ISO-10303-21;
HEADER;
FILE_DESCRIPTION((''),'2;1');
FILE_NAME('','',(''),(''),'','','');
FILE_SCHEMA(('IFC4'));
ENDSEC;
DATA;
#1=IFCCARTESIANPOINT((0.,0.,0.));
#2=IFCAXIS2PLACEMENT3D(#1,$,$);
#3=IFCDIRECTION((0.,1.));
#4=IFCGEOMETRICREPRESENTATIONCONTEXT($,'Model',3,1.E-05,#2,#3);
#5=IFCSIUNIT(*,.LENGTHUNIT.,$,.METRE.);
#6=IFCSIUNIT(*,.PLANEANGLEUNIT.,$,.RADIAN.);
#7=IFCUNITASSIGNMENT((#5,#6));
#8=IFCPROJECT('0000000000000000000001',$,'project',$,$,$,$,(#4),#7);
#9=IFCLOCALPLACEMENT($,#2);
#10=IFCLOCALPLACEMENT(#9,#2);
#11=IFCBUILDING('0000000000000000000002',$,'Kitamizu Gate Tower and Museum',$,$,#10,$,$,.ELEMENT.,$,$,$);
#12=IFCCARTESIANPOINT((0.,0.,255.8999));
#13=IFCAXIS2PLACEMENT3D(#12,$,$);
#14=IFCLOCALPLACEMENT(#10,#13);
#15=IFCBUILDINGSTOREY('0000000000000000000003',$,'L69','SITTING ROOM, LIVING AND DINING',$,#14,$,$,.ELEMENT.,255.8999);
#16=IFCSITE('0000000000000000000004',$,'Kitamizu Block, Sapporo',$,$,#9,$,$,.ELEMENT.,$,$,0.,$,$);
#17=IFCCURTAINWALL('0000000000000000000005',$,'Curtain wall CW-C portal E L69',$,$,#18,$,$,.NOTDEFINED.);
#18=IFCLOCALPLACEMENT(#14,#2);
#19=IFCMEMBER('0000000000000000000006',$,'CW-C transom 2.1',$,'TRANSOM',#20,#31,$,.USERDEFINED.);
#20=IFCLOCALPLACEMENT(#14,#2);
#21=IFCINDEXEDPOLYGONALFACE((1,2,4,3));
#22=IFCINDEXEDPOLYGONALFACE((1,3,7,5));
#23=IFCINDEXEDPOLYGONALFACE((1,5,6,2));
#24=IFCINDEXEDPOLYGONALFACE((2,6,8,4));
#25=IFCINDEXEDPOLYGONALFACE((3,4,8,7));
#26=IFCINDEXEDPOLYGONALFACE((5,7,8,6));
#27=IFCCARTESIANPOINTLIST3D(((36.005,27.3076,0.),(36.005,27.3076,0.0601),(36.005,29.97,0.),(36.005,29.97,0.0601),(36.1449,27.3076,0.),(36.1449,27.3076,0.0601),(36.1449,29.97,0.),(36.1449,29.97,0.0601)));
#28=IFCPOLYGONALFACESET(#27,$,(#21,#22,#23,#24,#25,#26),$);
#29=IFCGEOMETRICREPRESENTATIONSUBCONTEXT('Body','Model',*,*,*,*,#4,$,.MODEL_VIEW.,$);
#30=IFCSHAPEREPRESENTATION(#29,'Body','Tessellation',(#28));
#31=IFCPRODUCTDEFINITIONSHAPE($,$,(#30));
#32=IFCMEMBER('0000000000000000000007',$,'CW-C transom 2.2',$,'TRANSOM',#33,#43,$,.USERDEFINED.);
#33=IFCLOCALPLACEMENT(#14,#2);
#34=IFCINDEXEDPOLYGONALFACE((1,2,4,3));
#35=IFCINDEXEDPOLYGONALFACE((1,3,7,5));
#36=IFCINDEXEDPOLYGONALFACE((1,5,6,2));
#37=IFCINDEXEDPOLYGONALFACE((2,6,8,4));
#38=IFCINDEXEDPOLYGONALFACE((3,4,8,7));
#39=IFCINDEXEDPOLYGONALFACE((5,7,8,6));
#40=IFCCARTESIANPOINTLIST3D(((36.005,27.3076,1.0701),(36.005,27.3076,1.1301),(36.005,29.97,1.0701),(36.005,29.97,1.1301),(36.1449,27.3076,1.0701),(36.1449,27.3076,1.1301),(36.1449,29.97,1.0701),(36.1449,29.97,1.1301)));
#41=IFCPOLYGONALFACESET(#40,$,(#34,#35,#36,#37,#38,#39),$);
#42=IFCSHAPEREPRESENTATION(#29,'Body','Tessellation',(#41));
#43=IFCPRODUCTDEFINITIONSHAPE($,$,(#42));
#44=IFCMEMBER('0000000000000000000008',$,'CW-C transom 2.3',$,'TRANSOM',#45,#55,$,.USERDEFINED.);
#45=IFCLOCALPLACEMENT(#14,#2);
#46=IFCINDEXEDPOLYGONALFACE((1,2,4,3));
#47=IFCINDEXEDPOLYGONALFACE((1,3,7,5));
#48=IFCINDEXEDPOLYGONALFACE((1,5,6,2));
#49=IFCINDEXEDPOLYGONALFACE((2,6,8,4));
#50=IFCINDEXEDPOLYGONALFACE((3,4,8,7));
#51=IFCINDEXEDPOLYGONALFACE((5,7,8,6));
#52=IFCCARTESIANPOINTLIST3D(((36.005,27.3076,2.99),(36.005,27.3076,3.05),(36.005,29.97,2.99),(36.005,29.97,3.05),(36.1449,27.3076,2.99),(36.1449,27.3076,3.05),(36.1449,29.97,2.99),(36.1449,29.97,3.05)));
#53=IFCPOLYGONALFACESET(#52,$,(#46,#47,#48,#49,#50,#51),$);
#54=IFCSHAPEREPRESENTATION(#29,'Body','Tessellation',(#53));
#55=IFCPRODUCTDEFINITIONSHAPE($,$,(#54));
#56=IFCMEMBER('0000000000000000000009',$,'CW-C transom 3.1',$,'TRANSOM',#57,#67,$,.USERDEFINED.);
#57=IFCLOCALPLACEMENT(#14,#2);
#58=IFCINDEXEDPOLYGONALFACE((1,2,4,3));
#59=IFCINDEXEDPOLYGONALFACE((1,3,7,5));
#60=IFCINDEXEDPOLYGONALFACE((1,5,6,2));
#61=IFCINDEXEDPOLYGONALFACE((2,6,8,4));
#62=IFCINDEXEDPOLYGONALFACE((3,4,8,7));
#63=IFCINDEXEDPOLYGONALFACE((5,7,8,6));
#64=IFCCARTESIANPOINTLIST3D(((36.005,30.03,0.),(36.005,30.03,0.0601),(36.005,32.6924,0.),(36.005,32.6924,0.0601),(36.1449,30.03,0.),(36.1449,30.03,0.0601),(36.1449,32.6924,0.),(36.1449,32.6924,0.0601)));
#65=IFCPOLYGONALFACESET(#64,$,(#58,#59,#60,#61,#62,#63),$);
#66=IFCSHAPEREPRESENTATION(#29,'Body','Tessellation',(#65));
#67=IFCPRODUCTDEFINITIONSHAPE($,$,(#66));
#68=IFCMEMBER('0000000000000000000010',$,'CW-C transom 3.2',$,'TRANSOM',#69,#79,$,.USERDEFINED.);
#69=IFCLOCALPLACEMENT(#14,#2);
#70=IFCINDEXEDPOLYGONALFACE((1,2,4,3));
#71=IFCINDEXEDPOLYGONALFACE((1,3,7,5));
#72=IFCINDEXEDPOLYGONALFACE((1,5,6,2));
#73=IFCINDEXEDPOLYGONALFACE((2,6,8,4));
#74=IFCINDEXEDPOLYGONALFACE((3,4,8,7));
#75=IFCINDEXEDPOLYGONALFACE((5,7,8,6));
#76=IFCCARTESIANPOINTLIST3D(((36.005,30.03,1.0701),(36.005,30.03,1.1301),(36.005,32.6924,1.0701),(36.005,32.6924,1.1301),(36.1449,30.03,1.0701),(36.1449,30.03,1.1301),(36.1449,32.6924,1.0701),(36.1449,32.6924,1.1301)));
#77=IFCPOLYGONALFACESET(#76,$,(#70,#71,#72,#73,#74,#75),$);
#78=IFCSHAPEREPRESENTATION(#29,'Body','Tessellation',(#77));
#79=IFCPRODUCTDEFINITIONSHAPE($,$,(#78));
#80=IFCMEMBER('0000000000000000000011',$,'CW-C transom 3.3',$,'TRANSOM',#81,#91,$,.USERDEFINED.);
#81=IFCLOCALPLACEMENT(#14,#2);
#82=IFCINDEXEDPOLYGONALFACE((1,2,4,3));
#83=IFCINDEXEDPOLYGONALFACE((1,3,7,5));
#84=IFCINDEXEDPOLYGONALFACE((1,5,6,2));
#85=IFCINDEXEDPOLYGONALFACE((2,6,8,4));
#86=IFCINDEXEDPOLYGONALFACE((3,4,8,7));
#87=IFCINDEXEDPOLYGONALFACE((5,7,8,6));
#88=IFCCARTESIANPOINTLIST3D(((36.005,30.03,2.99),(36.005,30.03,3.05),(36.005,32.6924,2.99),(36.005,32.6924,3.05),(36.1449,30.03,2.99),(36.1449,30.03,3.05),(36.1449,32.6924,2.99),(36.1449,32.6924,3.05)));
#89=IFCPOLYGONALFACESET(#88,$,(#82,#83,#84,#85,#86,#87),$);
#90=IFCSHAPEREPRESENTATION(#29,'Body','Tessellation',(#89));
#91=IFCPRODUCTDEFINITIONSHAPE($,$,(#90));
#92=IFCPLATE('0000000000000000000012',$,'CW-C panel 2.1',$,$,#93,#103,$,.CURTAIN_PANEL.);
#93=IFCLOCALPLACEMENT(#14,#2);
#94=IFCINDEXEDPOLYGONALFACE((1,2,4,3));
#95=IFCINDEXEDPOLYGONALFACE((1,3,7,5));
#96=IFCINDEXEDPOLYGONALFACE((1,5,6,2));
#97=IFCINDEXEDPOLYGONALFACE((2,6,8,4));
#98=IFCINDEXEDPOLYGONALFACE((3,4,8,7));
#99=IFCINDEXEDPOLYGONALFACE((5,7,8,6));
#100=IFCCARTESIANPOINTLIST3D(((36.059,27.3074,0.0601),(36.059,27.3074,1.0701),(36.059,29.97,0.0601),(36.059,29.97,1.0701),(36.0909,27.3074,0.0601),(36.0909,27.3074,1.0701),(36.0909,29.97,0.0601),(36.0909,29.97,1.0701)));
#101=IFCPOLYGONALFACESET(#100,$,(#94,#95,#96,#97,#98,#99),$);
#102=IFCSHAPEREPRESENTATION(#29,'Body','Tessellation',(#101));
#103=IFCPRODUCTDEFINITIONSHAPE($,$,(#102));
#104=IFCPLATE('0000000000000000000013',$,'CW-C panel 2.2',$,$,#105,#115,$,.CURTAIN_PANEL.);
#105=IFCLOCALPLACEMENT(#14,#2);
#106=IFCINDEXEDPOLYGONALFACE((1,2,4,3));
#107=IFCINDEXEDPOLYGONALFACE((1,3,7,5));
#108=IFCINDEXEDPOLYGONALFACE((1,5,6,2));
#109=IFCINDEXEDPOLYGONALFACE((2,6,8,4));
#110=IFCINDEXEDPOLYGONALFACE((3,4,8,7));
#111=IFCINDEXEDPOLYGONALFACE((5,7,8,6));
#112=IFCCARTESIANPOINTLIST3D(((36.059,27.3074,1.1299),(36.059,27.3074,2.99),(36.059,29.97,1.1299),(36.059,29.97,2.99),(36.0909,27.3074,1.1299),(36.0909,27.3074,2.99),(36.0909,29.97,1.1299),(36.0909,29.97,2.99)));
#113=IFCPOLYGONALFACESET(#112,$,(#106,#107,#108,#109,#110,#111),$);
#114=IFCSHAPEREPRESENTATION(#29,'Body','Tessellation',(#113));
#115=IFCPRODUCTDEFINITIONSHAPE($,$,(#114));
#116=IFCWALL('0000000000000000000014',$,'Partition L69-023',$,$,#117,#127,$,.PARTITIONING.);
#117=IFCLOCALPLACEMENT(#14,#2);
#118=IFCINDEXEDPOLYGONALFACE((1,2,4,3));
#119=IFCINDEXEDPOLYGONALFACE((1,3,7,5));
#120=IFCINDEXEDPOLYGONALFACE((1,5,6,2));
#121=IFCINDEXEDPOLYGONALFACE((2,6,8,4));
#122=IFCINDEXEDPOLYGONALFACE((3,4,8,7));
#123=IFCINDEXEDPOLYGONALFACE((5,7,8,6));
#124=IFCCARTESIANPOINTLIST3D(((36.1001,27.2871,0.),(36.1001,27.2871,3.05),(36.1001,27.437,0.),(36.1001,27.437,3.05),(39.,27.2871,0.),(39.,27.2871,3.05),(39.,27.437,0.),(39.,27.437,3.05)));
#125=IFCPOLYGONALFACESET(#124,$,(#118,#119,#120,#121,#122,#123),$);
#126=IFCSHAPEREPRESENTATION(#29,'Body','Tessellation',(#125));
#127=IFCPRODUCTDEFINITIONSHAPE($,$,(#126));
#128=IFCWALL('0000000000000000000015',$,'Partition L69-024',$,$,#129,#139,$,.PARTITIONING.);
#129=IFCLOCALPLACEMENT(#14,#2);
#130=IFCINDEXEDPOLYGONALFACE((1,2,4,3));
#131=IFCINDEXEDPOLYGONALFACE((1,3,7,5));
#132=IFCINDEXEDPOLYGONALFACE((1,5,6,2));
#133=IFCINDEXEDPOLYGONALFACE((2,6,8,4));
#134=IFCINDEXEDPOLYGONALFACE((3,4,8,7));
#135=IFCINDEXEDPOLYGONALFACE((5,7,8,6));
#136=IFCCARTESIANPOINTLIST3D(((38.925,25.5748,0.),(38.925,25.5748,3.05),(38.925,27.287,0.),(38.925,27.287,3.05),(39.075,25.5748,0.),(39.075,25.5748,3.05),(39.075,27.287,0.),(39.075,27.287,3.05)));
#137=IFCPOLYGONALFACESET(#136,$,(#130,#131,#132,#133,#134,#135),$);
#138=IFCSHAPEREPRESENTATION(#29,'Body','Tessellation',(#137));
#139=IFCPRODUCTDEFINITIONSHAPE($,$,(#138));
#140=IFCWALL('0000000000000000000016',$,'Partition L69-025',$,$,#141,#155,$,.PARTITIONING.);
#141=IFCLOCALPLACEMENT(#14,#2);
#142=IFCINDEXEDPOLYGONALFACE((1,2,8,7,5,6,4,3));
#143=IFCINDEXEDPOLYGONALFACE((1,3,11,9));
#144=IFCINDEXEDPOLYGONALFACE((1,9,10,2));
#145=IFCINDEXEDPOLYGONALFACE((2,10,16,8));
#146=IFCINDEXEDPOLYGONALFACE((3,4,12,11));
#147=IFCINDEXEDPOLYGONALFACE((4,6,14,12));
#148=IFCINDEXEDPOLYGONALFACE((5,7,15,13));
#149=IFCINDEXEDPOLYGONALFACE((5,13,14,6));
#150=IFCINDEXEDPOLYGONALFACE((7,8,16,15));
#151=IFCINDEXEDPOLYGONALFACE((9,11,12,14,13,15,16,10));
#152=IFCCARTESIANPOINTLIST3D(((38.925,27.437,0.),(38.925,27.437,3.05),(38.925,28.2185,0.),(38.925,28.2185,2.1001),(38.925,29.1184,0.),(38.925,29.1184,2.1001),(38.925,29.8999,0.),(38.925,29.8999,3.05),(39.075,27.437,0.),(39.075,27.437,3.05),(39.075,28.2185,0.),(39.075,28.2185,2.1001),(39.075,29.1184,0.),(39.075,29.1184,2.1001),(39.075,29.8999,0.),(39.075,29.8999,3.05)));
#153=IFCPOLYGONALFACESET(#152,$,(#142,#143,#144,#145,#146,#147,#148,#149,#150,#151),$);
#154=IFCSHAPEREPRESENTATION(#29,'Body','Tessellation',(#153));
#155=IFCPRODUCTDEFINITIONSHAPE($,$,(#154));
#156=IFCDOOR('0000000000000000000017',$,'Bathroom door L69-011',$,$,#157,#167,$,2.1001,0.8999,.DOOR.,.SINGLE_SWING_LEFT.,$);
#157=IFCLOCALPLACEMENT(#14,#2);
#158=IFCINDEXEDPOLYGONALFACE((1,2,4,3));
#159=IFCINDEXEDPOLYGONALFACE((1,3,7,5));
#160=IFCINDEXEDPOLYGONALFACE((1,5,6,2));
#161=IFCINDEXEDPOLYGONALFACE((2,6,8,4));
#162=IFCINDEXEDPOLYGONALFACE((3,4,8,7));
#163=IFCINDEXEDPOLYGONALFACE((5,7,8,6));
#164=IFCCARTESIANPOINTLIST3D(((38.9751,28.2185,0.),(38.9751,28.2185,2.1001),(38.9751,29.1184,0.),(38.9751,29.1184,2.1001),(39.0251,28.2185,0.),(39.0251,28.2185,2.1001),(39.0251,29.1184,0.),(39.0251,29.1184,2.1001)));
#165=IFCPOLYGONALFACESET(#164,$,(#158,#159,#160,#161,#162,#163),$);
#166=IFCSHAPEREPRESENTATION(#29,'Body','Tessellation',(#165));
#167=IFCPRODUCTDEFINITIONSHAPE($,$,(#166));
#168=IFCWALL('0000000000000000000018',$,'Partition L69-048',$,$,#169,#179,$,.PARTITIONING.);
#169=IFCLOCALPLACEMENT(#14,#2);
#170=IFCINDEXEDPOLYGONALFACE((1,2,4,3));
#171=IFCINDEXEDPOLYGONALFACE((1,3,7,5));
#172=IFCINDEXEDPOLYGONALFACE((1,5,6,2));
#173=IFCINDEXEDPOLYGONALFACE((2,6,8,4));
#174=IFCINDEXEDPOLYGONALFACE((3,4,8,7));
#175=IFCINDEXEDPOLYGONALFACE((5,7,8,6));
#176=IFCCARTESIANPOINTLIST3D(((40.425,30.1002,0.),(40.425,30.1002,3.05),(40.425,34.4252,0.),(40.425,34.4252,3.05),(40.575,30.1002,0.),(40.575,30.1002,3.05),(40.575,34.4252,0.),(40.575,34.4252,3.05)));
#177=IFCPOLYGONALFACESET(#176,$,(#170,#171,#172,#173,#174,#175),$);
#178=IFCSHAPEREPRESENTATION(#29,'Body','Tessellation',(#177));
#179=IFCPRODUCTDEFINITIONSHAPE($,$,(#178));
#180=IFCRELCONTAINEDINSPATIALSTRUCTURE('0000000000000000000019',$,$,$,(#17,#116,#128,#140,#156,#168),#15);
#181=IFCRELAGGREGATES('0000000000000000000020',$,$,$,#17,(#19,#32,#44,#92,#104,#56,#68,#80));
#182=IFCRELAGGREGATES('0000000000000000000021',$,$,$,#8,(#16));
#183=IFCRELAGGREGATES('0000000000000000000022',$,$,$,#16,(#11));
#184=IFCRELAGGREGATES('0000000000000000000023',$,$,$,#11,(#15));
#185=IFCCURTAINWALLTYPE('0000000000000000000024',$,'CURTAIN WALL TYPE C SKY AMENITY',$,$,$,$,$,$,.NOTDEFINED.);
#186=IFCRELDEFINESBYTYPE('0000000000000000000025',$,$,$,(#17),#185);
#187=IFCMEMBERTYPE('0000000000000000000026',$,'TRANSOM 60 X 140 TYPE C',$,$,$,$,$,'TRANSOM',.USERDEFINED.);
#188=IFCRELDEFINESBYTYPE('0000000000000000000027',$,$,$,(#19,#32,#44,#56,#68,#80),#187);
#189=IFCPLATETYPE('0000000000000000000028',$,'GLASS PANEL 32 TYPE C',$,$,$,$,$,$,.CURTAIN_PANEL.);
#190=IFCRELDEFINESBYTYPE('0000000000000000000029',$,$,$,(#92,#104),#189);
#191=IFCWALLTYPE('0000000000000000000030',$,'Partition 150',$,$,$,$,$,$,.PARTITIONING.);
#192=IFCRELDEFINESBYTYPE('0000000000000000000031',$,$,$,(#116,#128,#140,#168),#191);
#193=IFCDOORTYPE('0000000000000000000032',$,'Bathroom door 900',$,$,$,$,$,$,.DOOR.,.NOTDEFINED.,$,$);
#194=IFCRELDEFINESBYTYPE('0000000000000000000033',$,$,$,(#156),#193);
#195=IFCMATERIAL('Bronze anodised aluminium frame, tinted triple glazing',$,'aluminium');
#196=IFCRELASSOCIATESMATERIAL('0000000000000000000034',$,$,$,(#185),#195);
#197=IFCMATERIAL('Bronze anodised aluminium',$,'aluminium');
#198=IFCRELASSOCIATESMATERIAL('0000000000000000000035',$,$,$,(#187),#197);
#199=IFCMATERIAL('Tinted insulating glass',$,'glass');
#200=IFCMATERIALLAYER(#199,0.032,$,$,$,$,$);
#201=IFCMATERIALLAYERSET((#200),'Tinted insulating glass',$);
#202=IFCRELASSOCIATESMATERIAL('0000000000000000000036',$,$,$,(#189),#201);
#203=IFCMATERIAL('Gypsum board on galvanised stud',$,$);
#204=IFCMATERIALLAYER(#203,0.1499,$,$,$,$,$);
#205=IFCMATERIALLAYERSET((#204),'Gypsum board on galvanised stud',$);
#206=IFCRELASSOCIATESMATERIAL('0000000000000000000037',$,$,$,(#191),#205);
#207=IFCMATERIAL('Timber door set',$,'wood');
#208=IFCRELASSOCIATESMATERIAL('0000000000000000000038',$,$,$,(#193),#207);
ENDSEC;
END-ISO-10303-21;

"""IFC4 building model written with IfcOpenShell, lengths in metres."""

from ifc_helpers import new_model, si_unit, direction, frame, frame_2d, origin, origin_2d, place, context, subcontext, project, spatial, rectangle, extrude, material, layer, layer_set, material_profile, profile_set, type_object, element, fill, aggregate, save


model = new_model("IFC4")

# Units and contexts
model_context = context("Model", 3, precision=1e-05, world=origin(), true_north=direction((0.0, 1.0)))
body_context = subcontext(model_context, "Body", "Model", "MODEL_VIEW")
ifc_project = project(units=[si_unit("LENGTHUNIT", "METRE"), si_unit("PLANEANGLEUNIT", "RADIAN")], contexts=[model_context])

# Site, building, storey
site_placement = place(None, origin())
site = spatial("IfcSite", under=ifc_project, at=site_placement, Name="Kitamizu Block, Sapporo", CompositionType="ELEMENT", RefElevation=0.0)
building_placement = place(site_placement, origin())
building = spatial("IfcBuilding", under=site, at=building_placement, Name="Kitamizu Gate Tower and Museum", CompositionType="ELEMENT")
storey_placement = place(building_placement, frame((0.0, 0.0, 255.8999)))
storey = spatial("IfcBuildingStorey", under=building, at=storey_placement, Name="L69", Description="SITTING ROOM, LIVING AND DINING", CompositionType="ELEMENT", Elevation=255.8999)

# Curtain wall, members, plates
ifc_material_1 = material(Name="Bronze anodised aluminium frame, tinted triple glazing", Category="aluminium")
curtain_wall_type = type_object("IfcCurtainWallType", Name="CURTAIN WALL TYPE C SKY AMENITY", PredefinedType="NOTDEFINED", material=ifc_material_1)
curtain_wall_placement = place(storey_placement, origin())
curtain_wall = element("IfcCurtainWall", 1, at=curtain_wall_placement, inside=storey, type_object=curtain_wall_type, Name="Curtain wall CW-C portal E L69", PredefinedType="NOTDEFINED")
ifc_material_2 = material(Name="Bronze anodised aluminium", Category="aluminium")
ifc_material_profile = material_profile(ifc_material_2, rectangle(XDim=0.1399, YDim=0.0601, at=origin_2d()), Name="AL 60X140")
ifc_profile_set = profile_set([ifc_material_profile], Name="Bronze anodised aluminium")
member_type = type_object("IfcMemberType", Name="TRANSOM 60 X 140 TYPE C", ElementType="TRANSOM", PredefinedType="USERDEFINED", material=ifc_profile_set)
member_1_placement = place(storey_placement, frame((36.075, 27.3076, 0.03), z_axis=(0.0, 1.0, 0.0), x_axis=(-1.0, 0.0, 0.0)))
member_1 = element("IfcMember", 2, at=member_1_placement, type_object=member_type, Name="CW-C transom 2.1", ObjectType="TRANSOM", PredefinedType="USERDEFINED", context=body_context, shape_type="SweptSolid", body=[
    extrude(rectangle(XDim=0.1399, YDim=0.0601, at=origin_2d()), origin(), (0.0, 0.0, 1.0), 2.6624),
])
member_2_placement = place(storey_placement, frame((36.075, 27.3076, 1.1001), z_axis=(0.0, 1.0, 0.0), x_axis=(-1.0, 0.0, 0.0)))
member_2 = element("IfcMember", 3, at=member_2_placement, type_object=member_type, Name="CW-C transom 2.2", ObjectType="TRANSOM", PredefinedType="USERDEFINED", context=body_context, shape_type="SweptSolid", body=[
    extrude(rectangle(XDim=0.1399, YDim=0.0601, at=origin_2d()), origin(), (0.0, 0.0, 1.0), 2.6624),
])
member_3_placement = place(storey_placement, frame((36.075, 27.3076, 3.02), z_axis=(0.0, 1.0, 0.0), x_axis=(-1.0, 0.0, 0.0)))
member_3 = element("IfcMember", 4, at=member_3_placement, type_object=member_type, Name="CW-C transom 2.3", ObjectType="TRANSOM", PredefinedType="USERDEFINED", context=body_context, shape_type="SweptSolid", body=[
    extrude(rectangle(XDim=0.1399, YDim=0.0601, at=origin_2d()), origin(), (0.0, 0.0, 1.0), 2.6624),
])
member_4_placement = place(storey_placement, frame((36.075, 30.03, 0.03), z_axis=(0.0, 1.0, 0.0), x_axis=(-1.0, 0.0, 0.0)))
member_4 = element("IfcMember", 5, at=member_4_placement, type_object=member_type, Name="CW-C transom 3.1", ObjectType="TRANSOM", PredefinedType="USERDEFINED", context=body_context, shape_type="SweptSolid", body=[
    extrude(rectangle(XDim=0.1399, YDim=0.0601, at=origin_2d()), origin(), (0.0, 0.0, 1.0), 2.6624),
])
member_5_placement = place(storey_placement, frame((36.075, 30.03, 1.1001), z_axis=(0.0, 1.0, 0.0), x_axis=(-1.0, 0.0, 0.0)))
member_5 = element("IfcMember", 6, at=member_5_placement, type_object=member_type, Name="CW-C transom 3.2", ObjectType="TRANSOM", PredefinedType="USERDEFINED", context=body_context, shape_type="SweptSolid", body=[
    extrude(rectangle(XDim=0.1399, YDim=0.0601, at=origin_2d()), origin(), (0.0, 0.0, 1.0), 2.6624),
])
member_6_placement = place(storey_placement, frame((36.075, 30.03, 3.02), z_axis=(0.0, 1.0, 0.0), x_axis=(-1.0, 0.0, 0.0)))
member_6 = element("IfcMember", 7, at=member_6_placement, type_object=member_type, Name="CW-C transom 3.3", ObjectType="TRANSOM", PredefinedType="USERDEFINED", context=body_context, shape_type="SweptSolid", body=[
    extrude(rectangle(XDim=0.1399, YDim=0.0601, at=origin_2d()), origin(), (0.0, 0.0, 1.0), 2.6624),
])
ifc_material_3 = material(Name="Tinted insulating glass", Category="glass")
ifc_layer_1 = layer(ifc_material_3, 0.032)
ifc_layer_set_1 = layer_set([ifc_layer_1], Name="Tinted insulating glass")
plate_type = type_object("IfcPlateType", Name="GLASS PANEL 32 TYPE C", PredefinedType="CURTAIN_PANEL", material=ifc_layer_set_1)
plate_1_placement = place(storey_placement, frame((36.075, 28.6387, 0.0601), z_axis=(0.0, 0.0, 1.0), x_axis=(0.0, 1.0, 0.0)))
plate_1 = element("IfcPlate", 8, at=plate_1_placement, type_object=plate_type, Name="CW-C panel 2.1", PredefinedType="CURTAIN_PANEL", context=body_context, shape_type="SweptSolid", body=[
    extrude(rectangle(XDim=2.6626, YDim=0.032, at=origin_2d()), origin(), (0.0, 0.0, 1.0), 1.01),
])
plate_2_placement = place(storey_placement, frame((36.075, 28.6387, 1.1299), z_axis=(0.0, 0.0, 1.0), x_axis=(0.0, 1.0, 0.0)))
plate_2 = element("IfcPlate", 9, at=plate_2_placement, type_object=plate_type, Name="CW-C panel 2.2", PredefinedType="CURTAIN_PANEL", context=body_context, shape_type="SweptSolid", body=[
    extrude(rectangle(XDim=2.6626, YDim=0.032, at=origin_2d()), origin(), (0.0, 0.0, 1.0), 1.8601),
])
aggregate(curtain_wall, [member_1, member_2, member_3, plate_1, plate_2, member_4, member_5, member_6])

# Walls
ifc_material_4 = material(Name="Gypsum board on galvanised stud")
ifc_layer_2 = layer(ifc_material_4, 0.1499)
ifc_layer_set_2 = layer_set([ifc_layer_2], Name="Gypsum board on galvanised stud")
wall_type_1 = type_object("IfcWallType", Name="Partition 150", PredefinedType="PARTITIONING", material=ifc_layer_set_2)
wall_1_placement = place(storey_placement, frame((39.0, 27.3621, 0.0), z_axis=(0.0, 0.0, 1.0), x_axis=(-1.0, 0.0, 0.0)))
element("IfcWall", 10, at=wall_1_placement, inside=storey, type_object=wall_type_1, Name="Partition L69-023", PredefinedType="PARTITIONING", context=body_context, shape_type="SweptSolid", body=[
    extrude(rectangle(XDim=2.8999, YDim=0.1499, at=frame_2d((1.45, 0.0))), origin(), (0.0, 0.0, 1.0), 3.05),
])
wall_2_placement = place(storey_placement, frame((39.0, 25.575, 0.0), z_axis=(0.0, 0.0, 1.0), x_axis=(0.0, 1.0, 0.0)))
element("IfcWall", 11, at=wall_2_placement, inside=storey, type_object=wall_type_1, Name="Partition L69-024", PredefinedType="PARTITIONING", context=body_context, shape_type="SweptSolid", body=[
    extrude(rectangle(XDim=1.7122, YDim=0.1499, at=frame_2d((0.856, 0.0))), origin(), (0.0, 0.0, 1.0), 3.05),
])

# Wall, opening, door
wall_3_placement = place(storey_placement, frame((39.0, 27.437, 0.0), z_axis=(0.0, 0.0, 1.0), x_axis=(0.0, 1.0, 0.0)))
wall_3 = element("IfcWall", 12, at=wall_3_placement, inside=storey, type_object=wall_type_1, Name="Partition L69-025", PredefinedType="PARTITIONING", context=body_context, shape_type="SweptSolid", body=[
    extrude(rectangle(XDim=2.4629, YDim=0.1499, at=frame_2d((1.2314, 0.0))), origin(), (0.0, 0.0, 1.0), 3.05),
])
opening_placement = place(wall_3_placement, frame((0.7815, 0.0, 0.0)))
opening = element("IfcOpeningElement", 13, at=opening_placement, cuts=wall_3, PredefinedType="OPENING", context=body_context, shape_type="SweptSolid", body=[
    extrude(rectangle(XDim=0.8999, YDim=2.1001, at=frame_2d((0.45, 1.05))), frame((0.0, 0.085, 0.0), z_axis=(0.0, -1.0, 0.0), x_axis=(1.0, 0.0, 0.0)), (0.0, 0.0, 1.0), 0.1699),
])
ifc_material_5 = material(Name="Timber door set", Category="wood")
door_type = type_object("IfcDoorType", Name="Bathroom door 900", OperationType="NOTDEFINED", PredefinedType="DOOR", material=ifc_material_5)
door_placement = place(opening_placement, origin())
door = element("IfcDoor", 14, at=door_placement, inside=storey, type_object=door_type, Name="Bathroom door L69-011", OperationType="SINGLE_SWING_LEFT", OverallHeight=2.1001, OverallWidth=0.8999, PredefinedType="DOOR", context=body_context, shape_type="SweptSolid", body=[
    extrude(rectangle(XDim=0.8999, YDim=2.1001, at=frame_2d((0.45, 1.05))), frame((0.0, 0.0249, 0.0), z_axis=(0.0, -1.0, 0.0), x_axis=(1.0, 0.0, 0.0)), (0.0, 0.0, 1.0), 0.05),
])
fill(opening, door)

# Wall
wall_4_placement = place(storey_placement, frame((40.5, 30.1001, 0.0), z_axis=(0.0, 0.0, 1.0), x_axis=(0.0, 1.0, 0.0)))
element("IfcWall", 15, at=wall_4_placement, inside=storey, type_object=wall_type_1, Name="Partition L69-048", PredefinedType="PARTITIONING", context=body_context, shape_type="SweptSolid", body=[
    extrude(rectangle(XDim=4.325, YDim=0.1499, at=frame_2d((2.1626, 0.0))), origin(), (0.0, 0.0, 1.0), 3.05),
])

save(model, "model.ifc")
